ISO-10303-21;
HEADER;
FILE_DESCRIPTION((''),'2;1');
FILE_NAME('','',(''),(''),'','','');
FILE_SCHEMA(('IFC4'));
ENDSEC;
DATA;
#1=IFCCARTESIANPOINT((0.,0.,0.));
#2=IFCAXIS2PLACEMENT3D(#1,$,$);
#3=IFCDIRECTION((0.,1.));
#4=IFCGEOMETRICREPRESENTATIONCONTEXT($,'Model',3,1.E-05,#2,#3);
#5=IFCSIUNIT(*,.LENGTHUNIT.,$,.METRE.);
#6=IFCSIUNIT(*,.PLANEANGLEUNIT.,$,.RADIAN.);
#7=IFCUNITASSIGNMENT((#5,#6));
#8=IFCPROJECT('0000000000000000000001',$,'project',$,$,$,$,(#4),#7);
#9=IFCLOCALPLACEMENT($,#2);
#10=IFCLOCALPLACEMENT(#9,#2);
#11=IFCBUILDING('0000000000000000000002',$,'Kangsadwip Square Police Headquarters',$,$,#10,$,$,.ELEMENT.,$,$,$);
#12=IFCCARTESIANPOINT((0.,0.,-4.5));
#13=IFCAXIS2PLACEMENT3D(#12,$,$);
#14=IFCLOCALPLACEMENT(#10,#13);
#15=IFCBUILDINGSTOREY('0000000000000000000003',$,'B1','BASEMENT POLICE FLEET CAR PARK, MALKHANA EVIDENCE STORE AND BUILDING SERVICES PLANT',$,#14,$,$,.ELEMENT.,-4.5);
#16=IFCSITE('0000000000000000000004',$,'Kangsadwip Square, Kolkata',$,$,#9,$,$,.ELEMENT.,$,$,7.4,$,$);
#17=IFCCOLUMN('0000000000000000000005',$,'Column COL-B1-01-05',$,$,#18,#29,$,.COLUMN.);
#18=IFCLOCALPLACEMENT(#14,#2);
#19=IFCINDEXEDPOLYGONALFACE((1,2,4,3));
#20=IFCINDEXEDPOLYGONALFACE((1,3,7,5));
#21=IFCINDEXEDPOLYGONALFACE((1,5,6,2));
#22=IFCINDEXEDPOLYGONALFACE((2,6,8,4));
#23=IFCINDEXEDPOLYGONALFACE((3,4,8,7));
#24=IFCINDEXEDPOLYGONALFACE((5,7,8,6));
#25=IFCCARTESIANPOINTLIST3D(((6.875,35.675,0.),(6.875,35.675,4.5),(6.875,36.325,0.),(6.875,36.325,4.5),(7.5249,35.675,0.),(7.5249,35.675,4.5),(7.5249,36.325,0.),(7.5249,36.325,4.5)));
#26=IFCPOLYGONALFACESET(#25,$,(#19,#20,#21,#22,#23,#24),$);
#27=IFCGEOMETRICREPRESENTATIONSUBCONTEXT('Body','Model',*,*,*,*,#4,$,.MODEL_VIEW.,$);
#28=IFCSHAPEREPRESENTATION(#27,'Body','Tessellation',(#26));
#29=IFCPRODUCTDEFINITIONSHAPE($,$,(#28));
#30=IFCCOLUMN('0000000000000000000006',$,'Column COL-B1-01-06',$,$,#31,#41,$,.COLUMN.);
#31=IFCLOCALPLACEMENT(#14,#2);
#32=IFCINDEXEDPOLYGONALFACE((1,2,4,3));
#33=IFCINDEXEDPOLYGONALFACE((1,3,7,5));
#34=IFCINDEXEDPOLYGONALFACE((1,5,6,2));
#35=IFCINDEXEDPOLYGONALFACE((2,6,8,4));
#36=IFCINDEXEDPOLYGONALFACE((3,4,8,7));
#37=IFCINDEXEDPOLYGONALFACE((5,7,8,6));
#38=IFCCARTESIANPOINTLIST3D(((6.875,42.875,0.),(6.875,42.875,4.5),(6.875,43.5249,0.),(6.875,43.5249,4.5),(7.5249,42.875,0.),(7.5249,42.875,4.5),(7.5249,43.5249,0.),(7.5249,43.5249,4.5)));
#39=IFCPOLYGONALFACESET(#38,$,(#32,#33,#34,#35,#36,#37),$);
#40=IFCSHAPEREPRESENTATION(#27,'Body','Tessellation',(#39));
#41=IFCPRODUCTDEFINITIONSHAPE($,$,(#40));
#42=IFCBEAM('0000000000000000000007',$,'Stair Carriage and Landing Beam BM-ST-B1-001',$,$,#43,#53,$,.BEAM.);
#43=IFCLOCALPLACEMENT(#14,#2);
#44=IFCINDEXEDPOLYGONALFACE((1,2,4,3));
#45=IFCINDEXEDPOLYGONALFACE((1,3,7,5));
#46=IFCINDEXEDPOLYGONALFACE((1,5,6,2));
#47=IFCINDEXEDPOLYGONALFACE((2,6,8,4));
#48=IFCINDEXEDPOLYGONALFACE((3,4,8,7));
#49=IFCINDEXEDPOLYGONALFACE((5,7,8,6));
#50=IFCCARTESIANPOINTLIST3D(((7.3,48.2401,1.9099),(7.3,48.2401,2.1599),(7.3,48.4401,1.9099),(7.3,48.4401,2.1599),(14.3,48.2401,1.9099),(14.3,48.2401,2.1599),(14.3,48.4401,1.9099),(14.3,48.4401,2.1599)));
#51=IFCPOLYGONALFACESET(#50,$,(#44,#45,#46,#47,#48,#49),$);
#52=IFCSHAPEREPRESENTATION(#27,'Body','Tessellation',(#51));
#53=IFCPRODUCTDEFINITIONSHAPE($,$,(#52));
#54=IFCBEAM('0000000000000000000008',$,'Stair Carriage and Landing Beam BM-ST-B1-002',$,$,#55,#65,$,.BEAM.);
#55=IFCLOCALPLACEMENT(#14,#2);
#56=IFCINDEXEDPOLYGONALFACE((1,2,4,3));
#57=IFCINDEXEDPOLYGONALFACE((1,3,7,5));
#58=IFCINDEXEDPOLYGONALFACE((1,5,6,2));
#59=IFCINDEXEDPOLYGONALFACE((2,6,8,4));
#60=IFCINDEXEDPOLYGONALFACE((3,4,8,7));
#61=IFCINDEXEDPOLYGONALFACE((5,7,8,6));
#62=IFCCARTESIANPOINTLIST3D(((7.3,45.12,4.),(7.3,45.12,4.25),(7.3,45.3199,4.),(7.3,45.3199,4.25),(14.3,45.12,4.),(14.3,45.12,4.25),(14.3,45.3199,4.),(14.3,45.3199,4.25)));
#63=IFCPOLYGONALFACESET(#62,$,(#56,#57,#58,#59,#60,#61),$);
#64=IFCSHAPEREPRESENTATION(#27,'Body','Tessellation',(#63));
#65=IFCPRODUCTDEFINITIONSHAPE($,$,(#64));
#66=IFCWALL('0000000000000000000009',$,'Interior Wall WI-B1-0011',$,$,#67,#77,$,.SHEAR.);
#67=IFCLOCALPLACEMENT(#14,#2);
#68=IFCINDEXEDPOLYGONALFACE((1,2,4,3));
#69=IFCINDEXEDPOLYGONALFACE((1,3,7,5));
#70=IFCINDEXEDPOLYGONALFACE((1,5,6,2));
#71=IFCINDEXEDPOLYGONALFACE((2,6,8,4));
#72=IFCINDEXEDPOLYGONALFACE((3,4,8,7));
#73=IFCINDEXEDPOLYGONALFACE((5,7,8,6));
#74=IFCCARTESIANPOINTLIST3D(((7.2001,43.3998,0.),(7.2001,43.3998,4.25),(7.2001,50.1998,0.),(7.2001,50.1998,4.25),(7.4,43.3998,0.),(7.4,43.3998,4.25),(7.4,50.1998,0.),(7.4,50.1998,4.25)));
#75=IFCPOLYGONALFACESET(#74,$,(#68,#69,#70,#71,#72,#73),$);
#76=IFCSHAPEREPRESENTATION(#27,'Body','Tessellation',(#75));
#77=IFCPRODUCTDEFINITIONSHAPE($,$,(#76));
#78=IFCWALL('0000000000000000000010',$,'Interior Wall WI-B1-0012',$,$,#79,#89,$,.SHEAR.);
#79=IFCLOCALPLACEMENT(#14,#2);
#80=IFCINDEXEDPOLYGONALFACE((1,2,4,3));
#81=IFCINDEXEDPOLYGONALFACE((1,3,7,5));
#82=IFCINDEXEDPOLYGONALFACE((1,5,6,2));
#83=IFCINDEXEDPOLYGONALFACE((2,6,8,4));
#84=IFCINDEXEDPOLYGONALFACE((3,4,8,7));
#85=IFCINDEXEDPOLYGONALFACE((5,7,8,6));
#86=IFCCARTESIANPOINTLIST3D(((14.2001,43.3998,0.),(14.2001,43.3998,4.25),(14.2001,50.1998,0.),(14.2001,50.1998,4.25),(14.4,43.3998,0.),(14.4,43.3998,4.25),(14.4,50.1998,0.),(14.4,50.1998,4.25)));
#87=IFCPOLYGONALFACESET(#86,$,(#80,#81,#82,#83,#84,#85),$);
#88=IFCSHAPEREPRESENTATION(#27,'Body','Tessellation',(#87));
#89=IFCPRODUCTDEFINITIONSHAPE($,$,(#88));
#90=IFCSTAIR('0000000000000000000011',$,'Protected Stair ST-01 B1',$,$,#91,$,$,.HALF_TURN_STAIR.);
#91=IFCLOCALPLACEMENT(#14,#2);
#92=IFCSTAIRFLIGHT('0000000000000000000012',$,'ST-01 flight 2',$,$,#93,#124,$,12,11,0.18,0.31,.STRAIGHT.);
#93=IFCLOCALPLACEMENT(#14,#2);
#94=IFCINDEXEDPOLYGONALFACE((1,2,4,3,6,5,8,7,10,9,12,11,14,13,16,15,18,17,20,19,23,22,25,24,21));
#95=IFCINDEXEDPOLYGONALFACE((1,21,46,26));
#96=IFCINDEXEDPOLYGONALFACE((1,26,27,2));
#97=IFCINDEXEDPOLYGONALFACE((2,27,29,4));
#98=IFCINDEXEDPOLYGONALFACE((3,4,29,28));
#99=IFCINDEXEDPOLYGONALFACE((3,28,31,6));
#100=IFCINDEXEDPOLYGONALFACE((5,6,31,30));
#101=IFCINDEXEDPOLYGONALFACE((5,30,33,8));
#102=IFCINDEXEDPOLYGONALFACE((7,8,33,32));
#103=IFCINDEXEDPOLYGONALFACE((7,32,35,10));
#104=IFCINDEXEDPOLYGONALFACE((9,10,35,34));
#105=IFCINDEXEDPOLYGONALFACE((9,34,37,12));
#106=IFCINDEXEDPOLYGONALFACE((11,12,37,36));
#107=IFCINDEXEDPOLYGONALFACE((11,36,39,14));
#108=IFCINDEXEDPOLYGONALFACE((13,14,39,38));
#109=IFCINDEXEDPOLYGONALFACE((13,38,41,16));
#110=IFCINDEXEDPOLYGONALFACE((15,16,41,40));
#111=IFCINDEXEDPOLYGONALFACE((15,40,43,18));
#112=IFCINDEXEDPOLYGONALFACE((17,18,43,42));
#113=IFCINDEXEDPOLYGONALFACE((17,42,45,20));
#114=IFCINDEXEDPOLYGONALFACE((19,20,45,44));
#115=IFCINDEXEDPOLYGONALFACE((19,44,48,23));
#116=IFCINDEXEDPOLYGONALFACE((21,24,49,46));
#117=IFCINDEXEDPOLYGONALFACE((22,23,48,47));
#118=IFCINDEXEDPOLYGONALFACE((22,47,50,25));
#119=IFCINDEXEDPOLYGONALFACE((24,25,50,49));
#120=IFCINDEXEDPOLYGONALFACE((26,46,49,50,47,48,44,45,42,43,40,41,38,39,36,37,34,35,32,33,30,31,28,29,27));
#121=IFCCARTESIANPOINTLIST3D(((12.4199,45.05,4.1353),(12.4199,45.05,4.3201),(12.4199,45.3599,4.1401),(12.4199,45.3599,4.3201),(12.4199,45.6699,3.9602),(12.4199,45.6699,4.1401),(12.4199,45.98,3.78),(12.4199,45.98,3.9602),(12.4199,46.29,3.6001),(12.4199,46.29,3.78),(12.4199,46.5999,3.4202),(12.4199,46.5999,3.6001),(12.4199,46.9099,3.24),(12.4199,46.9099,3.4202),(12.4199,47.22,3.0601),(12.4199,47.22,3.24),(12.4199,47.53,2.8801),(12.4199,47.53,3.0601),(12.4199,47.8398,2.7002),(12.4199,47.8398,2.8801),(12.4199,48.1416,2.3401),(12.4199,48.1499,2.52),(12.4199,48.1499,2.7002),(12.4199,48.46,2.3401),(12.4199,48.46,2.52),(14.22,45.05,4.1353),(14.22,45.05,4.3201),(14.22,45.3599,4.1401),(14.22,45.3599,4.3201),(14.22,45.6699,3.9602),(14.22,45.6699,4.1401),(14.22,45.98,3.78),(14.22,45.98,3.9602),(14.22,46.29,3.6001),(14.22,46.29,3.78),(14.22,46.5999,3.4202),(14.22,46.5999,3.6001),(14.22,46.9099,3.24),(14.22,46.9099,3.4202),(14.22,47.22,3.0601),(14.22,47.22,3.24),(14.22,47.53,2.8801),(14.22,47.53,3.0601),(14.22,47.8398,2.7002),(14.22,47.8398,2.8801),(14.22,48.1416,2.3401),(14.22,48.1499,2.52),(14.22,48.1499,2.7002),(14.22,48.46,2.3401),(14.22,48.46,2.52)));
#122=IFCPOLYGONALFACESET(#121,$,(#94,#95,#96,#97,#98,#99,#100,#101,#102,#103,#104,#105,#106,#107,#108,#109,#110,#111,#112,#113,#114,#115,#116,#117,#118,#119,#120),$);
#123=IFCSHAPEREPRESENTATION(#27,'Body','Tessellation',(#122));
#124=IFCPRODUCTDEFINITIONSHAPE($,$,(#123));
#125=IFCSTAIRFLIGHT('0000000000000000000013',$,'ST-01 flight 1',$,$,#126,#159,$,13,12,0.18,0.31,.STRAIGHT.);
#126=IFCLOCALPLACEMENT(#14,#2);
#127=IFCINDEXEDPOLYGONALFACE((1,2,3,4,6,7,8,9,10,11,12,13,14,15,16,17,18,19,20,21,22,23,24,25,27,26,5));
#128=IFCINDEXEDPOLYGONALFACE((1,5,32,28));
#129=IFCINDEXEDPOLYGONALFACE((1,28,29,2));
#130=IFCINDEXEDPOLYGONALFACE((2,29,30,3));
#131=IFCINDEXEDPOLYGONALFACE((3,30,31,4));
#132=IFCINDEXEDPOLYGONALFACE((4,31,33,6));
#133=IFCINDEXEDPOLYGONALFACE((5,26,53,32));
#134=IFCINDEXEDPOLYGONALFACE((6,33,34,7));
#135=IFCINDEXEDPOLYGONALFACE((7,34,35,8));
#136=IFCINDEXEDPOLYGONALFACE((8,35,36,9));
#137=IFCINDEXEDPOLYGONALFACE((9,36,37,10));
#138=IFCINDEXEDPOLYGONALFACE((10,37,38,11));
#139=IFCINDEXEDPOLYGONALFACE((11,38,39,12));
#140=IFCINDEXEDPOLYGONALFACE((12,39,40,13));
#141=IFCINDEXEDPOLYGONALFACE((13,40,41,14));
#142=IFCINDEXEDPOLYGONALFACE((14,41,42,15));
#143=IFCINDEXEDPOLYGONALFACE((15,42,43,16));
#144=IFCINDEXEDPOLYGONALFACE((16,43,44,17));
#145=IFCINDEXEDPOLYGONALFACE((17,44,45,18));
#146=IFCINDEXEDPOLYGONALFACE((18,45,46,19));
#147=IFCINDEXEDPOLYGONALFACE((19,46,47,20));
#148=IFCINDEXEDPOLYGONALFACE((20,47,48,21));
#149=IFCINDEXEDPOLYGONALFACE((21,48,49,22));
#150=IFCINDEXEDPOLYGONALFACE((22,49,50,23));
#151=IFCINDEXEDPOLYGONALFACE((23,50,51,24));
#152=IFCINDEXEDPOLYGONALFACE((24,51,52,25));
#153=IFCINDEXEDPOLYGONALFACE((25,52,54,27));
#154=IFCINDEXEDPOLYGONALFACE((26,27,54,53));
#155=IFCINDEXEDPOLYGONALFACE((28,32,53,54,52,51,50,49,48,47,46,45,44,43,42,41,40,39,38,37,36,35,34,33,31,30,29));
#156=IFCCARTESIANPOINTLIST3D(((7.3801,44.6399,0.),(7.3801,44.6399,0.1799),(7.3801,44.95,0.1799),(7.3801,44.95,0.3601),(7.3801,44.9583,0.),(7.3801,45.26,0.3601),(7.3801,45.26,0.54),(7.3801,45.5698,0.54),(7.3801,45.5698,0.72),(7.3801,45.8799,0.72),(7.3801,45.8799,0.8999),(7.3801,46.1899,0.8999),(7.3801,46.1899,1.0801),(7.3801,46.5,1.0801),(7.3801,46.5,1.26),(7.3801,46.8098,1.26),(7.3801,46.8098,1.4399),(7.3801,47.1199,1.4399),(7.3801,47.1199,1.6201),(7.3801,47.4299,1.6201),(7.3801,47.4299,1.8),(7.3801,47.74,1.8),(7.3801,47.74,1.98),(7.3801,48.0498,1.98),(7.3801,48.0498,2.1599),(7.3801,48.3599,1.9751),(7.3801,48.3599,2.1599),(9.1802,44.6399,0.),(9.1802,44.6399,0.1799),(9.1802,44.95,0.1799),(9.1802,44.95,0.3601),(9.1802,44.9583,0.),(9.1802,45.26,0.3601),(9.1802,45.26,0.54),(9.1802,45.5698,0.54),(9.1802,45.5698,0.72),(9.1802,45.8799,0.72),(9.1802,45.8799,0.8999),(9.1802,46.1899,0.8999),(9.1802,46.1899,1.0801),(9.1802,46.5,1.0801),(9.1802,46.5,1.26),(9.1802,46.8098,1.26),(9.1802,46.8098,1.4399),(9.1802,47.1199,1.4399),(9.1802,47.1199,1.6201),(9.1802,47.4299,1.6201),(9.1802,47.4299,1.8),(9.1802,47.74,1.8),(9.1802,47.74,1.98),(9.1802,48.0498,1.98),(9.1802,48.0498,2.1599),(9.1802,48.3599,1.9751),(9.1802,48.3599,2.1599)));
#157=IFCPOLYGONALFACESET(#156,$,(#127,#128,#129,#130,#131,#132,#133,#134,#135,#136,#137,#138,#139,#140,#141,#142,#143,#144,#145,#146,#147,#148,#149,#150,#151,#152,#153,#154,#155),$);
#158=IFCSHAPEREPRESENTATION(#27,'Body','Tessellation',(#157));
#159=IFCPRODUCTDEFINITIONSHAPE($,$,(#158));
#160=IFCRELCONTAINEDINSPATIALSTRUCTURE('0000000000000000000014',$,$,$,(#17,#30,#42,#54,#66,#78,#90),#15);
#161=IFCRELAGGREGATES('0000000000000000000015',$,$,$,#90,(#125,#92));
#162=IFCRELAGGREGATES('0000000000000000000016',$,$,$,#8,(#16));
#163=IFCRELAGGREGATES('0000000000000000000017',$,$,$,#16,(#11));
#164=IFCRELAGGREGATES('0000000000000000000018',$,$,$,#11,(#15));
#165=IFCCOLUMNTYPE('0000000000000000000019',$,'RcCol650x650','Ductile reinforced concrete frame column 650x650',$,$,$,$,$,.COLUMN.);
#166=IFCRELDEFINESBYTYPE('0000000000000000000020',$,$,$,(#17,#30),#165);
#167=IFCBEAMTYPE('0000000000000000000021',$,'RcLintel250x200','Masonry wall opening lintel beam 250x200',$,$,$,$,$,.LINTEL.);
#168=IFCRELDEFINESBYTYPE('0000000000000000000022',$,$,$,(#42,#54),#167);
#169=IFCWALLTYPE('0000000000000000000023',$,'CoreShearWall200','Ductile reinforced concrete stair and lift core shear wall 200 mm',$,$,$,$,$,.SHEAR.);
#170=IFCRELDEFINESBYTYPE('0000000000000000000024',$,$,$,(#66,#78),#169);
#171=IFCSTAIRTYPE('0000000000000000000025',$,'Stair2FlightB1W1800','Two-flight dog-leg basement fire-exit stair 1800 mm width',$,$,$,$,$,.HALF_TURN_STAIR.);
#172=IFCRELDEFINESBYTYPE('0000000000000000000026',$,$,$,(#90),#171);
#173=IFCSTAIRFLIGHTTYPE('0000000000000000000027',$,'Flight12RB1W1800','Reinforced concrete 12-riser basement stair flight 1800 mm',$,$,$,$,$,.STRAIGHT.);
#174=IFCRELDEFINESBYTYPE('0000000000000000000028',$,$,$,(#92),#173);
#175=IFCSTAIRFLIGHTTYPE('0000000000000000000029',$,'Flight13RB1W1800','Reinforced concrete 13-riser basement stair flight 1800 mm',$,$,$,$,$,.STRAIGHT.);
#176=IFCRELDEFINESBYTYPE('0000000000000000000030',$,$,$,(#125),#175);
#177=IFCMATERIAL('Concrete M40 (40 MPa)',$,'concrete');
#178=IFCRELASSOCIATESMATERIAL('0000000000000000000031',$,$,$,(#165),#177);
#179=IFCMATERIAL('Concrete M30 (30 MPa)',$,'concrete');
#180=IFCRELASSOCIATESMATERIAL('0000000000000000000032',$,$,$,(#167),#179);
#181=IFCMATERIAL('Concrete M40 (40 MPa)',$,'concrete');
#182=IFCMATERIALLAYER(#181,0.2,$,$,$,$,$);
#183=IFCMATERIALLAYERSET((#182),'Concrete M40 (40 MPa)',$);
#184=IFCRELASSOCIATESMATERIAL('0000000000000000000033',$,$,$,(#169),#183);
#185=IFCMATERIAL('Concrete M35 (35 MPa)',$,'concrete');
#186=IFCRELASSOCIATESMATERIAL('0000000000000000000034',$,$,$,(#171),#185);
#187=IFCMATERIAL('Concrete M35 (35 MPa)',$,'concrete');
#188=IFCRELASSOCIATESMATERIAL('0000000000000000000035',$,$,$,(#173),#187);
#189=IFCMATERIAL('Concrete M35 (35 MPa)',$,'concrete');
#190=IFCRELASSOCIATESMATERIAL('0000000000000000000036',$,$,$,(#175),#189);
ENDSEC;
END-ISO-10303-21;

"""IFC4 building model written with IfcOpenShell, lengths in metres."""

from ifc_helpers import new_model, si_unit, direction, frame, frame_2d, origin, origin_2d, place, context, subcontext, project, spatial, polyline, rectangle, outline, extrude, material, layer, layer_set, material_profile, profile_set, type_object, element, aggregate, save


model = new_model("IFC4")

# Units and contexts
model_context = context("Model", 3, precision=1e-05, world=origin(), true_north=direction((0.0, 1.0)))
body_context = subcontext(model_context, "Body", "Model", "MODEL_VIEW")
ifc_project = project(units=[si_unit("LENGTHUNIT", "METRE"), si_unit("PLANEANGLEUNIT", "RADIAN")], contexts=[model_context])

# Site, building, storey
site_placement = place(None, origin())
site = spatial("IfcSite", under=ifc_project, at=site_placement, Name="Kangsadwip Square, Kolkata", CompositionType="ELEMENT", RefElevation=7.4)
building_placement = place(site_placement, origin())
building = spatial("IfcBuilding", under=site, at=building_placement, Name="Kangsadwip Square Police Headquarters", CompositionType="ELEMENT")
storey_placement = place(building_placement, frame((0.0, 0.0, -4.5)))
storey = spatial("IfcBuildingStorey", under=building, at=storey_placement, Name="B1", Description="BASEMENT POLICE FLEET CAR PARK, MALKHANA EVIDENCE STORE AND BUILDING SERVICES PLANT", CompositionType="ELEMENT", Elevation=-4.5)

# Columns
ifc_material_1 = material(Name="Concrete M40 (40 MPa)", Category="concrete")
ifc_material_profile_1 = material_profile(ifc_material_1, rectangle(XDim=0.6499, YDim=0.6499, at=origin_2d()), Name="RC COL 650X650")
ifc_profile_set_1 = profile_set([ifc_material_profile_1], Name="Concrete M40 (40 MPa)")
column_type = type_object("IfcColumnType", Name="RcCol650x650", Description="Ductile reinforced concrete frame column 650x650", PredefinedType="COLUMN", material=ifc_profile_set_1)
for number, where, z_axis, x_axis, name in (
    (1, (7.2, 36.0, 0.0), (0.0, 0.0, 1.0), (1.0, 0.0, 0.0), "Column COL-B1-01-05"),
    (2, (7.2, 43.2, 0.0), (0.0, 0.0, 1.0), (1.0, 0.0, 0.0), "Column COL-B1-01-06"),
):
    element("IfcColumn", number, at=place(storey_placement, frame(where, z_axis=z_axis, x_axis=x_axis)), inside=storey, type_object=column_type, Name=name, PredefinedType="COLUMN", context=body_context, shape_type="SweptSolid", body=[
        extrude(rectangle(XDim=0.6499, YDim=0.6499, at=origin_2d()), origin(), (0.0, 0.0, 1.0), 4.5),
    ])

# Beams
ifc_material_2 = material(Name="Concrete M30 (30 MPa)", Category="concrete")
ifc_material_profile_2 = material_profile(ifc_material_2, rectangle(XDim=0.2, YDim=0.25, at=origin_2d()), Name="RC LNT 250X200")
ifc_profile_set_2 = profile_set([ifc_material_profile_2], Name="Concrete M30 (30 MPa)")
beam_type = type_object("IfcBeamType", Name="RcLintel250x200", Description="Masonry wall opening lintel beam 250x200", PredefinedType="LINTEL", material=ifc_profile_set_2)
for number, where, z_axis, x_axis, name in (
    (3, (7.3, 48.3401, 2.0349), (1.0, 0.0, 0.0), (0.0, 1.0, 0.0), "Stair Carriage and Landing Beam BM-ST-B1-001"),
    (4, (7.3, 45.22, 4.125), (1.0, 0.0, 0.0), (0.0, 1.0, 0.0), "Stair Carriage and Landing Beam BM-ST-B1-002"),
):
    element("IfcBeam", number, at=place(storey_placement, frame(where, z_axis=z_axis, x_axis=x_axis)), inside=storey, type_object=beam_type, Name=name, PredefinedType="BEAM", context=body_context, shape_type="SweptSolid", body=[
        extrude(rectangle(XDim=0.2, YDim=0.25, at=origin_2d()), origin(), (0.0, 0.0, 1.0), 7.0),
    ])

# Shared definitions
ifc_material_3 = material(Name="Concrete M40 (40 MPa)", Category="concrete")
ifc_layer = layer(ifc_material_3, 0.2)
ifc_layer_set = layer_set([ifc_layer], Name="Concrete M40 (40 MPa)")
wall_type = type_object("IfcWallType", Name="CoreShearWall200", Description="Ductile reinforced concrete stair and lift core shear wall 200 mm", PredefinedType="SHEAR", material=ifc_layer_set)

# Walls
for number, where, z_axis, x_axis, name in (
    (5, (7.3, 43.3999, 0.0), (0.0, 0.0, 1.0), (0.0, 1.0, 0.0), "Interior Wall WI-B1-0011"),
    (6, (14.3, 43.3999, 0.0), (0.0, 0.0, 1.0), (0.0, 1.0, 0.0), "Interior Wall WI-B1-0012"),
):
    element("IfcWall", number, at=place(storey_placement, frame(where, z_axis=z_axis, x_axis=x_axis)), inside=storey, type_object=wall_type, Name=name, PredefinedType="SHEAR", context=body_context, shape_type="SweptSolid", body=[
        extrude(rectangle(XDim=6.8, YDim=0.2, at=frame_2d((3.3999, 0.0))), origin(), (0.0, 0.0, 1.0), 4.25),
    ])

# Stair, stair flights
ifc_material_4 = material(Name="Concrete M35 (35 MPa)", Category="concrete")
stair_type = type_object("IfcStairType", Name="Stair2FlightB1W1800", Description="Two-flight dog-leg basement fire-exit stair 1800 mm width", PredefinedType="HALF_TURN_STAIR", material=ifc_material_4)
stair_placement = place(storey_placement, origin())
stair = element("IfcStair", 7, at=stair_placement, inside=storey, type_object=stair_type, Name="Protected Stair ST-01 B1", PredefinedType="HALF_TURN_STAIR")
ifc_material_5 = material(Name="Concrete M35 (35 MPa)", Category="concrete")
stair_flight_type_1 = type_object("IfcStairFlightType", Name="Flight12RB1W1800", Description="Reinforced concrete 12-riser basement stair flight 1800 mm", PredefinedType="STRAIGHT", material=ifc_material_5)
stair_flight_1_placement = place(storey_placement, frame((13.3201, 48.46, 2.3401), z_axis=(0.0, 0.0, 1.0), x_axis=(0.0, -1.0, 0.0)))
stair_flight_1 = element("IfcStairFlight", 8, at=stair_flight_1_placement, type_object=stair_flight_type_1, Name="ST-01 flight 2", NumberOfRisers=12, NumberOfTreads=11, PredefinedType="STRAIGHT", RiserHeight=0.18, TreadLength=0.31, context=body_context, shape_type="SweptSolid", body=[
    extrude(outline(polyline([(0.0, 0.0), (0.0, 0.1799), (0.3101, 0.1799), (0.3101, 0.3601), (0.6201, 0.3601), (0.6201, 0.54), (0.9299, 0.54), (0.9299, 0.72), (1.24, 0.72), (1.24, 0.8999), (1.55, 0.8999), (1.55, 1.0801), (1.8601, 1.0801), (1.8601, 1.26), (2.1699, 1.26), (2.1699, 1.4399), (2.48, 1.4399), (2.48, 1.6201), (2.79, 1.6201), (2.79, 1.8), (3.1001, 1.8), (3.1001, 1.98), (3.4099, 1.98), (3.4099, 2.1599), (3.4099, 1.7952), (0.3184, 0.0), (0.0, 0.0)])), frame((0.0, 0.8999, 0.0), z_axis=(0.0, -1.0, 0.0), x_axis=(1.0, 0.0, 0.0)), (0.0, 0.0, 1.0), 1.8),
])
ifc_material_6 = material(Name="Concrete M35 (35 MPa)", Category="concrete")
stair_flight_type_2 = type_object("IfcStairFlightType", Name="Flight13RB1W1800", Description="Reinforced concrete 13-riser basement stair flight 1800 mm", PredefinedType="STRAIGHT", material=ifc_material_6)
stair_flight_2_placement = place(storey_placement, frame((8.28, 44.6399, 0.0), z_axis=(0.0, 0.0, 1.0), x_axis=(0.0, 1.0, 0.0)))
stair_flight_2 = element("IfcStairFlight", 9, at=stair_flight_2_placement, type_object=stair_flight_type_2, Name="ST-01 flight 1", NumberOfRisers=13, NumberOfTreads=12, PredefinedType="STRAIGHT", RiserHeight=0.18, TreadLength=0.31, context=body_context, shape_type="SweptSolid", body=[
    extrude(outline(polyline([(0.0, 0.0), (0.0, 0.1799), (0.3101, 0.1799), (0.3101, 0.3601), (0.6201, 0.3601), (0.6201, 0.54), (0.9299, 0.54), (0.9299, 0.72), (1.24, 0.72), (1.24, 0.8999), (1.55, 0.8999), (1.55, 1.0801), (1.8601, 1.0801), (1.8601, 1.26), (2.1699, 1.26), (2.1699, 1.4399), (2.48, 1.4399), (2.48, 1.6201), (2.79, 1.6201), (2.79, 1.8), (3.1001, 1.8), (3.1001, 1.98), (3.4099, 1.98), (3.4099, 2.1599), (3.72, 2.1599), (3.72, 2.3401), (3.72, 1.9751), (0.3184, 0.0), (0.0, 0.0)])), frame((0.0, 0.8999, 0.0), z_axis=(0.0, -1.0, 0.0), x_axis=(1.0, 0.0, 0.0)), (0.0, 0.0, 1.0), 1.8),
])
aggregate(stair, [stair_flight_2, stair_flight_1])

save(model, "model.ifc")
